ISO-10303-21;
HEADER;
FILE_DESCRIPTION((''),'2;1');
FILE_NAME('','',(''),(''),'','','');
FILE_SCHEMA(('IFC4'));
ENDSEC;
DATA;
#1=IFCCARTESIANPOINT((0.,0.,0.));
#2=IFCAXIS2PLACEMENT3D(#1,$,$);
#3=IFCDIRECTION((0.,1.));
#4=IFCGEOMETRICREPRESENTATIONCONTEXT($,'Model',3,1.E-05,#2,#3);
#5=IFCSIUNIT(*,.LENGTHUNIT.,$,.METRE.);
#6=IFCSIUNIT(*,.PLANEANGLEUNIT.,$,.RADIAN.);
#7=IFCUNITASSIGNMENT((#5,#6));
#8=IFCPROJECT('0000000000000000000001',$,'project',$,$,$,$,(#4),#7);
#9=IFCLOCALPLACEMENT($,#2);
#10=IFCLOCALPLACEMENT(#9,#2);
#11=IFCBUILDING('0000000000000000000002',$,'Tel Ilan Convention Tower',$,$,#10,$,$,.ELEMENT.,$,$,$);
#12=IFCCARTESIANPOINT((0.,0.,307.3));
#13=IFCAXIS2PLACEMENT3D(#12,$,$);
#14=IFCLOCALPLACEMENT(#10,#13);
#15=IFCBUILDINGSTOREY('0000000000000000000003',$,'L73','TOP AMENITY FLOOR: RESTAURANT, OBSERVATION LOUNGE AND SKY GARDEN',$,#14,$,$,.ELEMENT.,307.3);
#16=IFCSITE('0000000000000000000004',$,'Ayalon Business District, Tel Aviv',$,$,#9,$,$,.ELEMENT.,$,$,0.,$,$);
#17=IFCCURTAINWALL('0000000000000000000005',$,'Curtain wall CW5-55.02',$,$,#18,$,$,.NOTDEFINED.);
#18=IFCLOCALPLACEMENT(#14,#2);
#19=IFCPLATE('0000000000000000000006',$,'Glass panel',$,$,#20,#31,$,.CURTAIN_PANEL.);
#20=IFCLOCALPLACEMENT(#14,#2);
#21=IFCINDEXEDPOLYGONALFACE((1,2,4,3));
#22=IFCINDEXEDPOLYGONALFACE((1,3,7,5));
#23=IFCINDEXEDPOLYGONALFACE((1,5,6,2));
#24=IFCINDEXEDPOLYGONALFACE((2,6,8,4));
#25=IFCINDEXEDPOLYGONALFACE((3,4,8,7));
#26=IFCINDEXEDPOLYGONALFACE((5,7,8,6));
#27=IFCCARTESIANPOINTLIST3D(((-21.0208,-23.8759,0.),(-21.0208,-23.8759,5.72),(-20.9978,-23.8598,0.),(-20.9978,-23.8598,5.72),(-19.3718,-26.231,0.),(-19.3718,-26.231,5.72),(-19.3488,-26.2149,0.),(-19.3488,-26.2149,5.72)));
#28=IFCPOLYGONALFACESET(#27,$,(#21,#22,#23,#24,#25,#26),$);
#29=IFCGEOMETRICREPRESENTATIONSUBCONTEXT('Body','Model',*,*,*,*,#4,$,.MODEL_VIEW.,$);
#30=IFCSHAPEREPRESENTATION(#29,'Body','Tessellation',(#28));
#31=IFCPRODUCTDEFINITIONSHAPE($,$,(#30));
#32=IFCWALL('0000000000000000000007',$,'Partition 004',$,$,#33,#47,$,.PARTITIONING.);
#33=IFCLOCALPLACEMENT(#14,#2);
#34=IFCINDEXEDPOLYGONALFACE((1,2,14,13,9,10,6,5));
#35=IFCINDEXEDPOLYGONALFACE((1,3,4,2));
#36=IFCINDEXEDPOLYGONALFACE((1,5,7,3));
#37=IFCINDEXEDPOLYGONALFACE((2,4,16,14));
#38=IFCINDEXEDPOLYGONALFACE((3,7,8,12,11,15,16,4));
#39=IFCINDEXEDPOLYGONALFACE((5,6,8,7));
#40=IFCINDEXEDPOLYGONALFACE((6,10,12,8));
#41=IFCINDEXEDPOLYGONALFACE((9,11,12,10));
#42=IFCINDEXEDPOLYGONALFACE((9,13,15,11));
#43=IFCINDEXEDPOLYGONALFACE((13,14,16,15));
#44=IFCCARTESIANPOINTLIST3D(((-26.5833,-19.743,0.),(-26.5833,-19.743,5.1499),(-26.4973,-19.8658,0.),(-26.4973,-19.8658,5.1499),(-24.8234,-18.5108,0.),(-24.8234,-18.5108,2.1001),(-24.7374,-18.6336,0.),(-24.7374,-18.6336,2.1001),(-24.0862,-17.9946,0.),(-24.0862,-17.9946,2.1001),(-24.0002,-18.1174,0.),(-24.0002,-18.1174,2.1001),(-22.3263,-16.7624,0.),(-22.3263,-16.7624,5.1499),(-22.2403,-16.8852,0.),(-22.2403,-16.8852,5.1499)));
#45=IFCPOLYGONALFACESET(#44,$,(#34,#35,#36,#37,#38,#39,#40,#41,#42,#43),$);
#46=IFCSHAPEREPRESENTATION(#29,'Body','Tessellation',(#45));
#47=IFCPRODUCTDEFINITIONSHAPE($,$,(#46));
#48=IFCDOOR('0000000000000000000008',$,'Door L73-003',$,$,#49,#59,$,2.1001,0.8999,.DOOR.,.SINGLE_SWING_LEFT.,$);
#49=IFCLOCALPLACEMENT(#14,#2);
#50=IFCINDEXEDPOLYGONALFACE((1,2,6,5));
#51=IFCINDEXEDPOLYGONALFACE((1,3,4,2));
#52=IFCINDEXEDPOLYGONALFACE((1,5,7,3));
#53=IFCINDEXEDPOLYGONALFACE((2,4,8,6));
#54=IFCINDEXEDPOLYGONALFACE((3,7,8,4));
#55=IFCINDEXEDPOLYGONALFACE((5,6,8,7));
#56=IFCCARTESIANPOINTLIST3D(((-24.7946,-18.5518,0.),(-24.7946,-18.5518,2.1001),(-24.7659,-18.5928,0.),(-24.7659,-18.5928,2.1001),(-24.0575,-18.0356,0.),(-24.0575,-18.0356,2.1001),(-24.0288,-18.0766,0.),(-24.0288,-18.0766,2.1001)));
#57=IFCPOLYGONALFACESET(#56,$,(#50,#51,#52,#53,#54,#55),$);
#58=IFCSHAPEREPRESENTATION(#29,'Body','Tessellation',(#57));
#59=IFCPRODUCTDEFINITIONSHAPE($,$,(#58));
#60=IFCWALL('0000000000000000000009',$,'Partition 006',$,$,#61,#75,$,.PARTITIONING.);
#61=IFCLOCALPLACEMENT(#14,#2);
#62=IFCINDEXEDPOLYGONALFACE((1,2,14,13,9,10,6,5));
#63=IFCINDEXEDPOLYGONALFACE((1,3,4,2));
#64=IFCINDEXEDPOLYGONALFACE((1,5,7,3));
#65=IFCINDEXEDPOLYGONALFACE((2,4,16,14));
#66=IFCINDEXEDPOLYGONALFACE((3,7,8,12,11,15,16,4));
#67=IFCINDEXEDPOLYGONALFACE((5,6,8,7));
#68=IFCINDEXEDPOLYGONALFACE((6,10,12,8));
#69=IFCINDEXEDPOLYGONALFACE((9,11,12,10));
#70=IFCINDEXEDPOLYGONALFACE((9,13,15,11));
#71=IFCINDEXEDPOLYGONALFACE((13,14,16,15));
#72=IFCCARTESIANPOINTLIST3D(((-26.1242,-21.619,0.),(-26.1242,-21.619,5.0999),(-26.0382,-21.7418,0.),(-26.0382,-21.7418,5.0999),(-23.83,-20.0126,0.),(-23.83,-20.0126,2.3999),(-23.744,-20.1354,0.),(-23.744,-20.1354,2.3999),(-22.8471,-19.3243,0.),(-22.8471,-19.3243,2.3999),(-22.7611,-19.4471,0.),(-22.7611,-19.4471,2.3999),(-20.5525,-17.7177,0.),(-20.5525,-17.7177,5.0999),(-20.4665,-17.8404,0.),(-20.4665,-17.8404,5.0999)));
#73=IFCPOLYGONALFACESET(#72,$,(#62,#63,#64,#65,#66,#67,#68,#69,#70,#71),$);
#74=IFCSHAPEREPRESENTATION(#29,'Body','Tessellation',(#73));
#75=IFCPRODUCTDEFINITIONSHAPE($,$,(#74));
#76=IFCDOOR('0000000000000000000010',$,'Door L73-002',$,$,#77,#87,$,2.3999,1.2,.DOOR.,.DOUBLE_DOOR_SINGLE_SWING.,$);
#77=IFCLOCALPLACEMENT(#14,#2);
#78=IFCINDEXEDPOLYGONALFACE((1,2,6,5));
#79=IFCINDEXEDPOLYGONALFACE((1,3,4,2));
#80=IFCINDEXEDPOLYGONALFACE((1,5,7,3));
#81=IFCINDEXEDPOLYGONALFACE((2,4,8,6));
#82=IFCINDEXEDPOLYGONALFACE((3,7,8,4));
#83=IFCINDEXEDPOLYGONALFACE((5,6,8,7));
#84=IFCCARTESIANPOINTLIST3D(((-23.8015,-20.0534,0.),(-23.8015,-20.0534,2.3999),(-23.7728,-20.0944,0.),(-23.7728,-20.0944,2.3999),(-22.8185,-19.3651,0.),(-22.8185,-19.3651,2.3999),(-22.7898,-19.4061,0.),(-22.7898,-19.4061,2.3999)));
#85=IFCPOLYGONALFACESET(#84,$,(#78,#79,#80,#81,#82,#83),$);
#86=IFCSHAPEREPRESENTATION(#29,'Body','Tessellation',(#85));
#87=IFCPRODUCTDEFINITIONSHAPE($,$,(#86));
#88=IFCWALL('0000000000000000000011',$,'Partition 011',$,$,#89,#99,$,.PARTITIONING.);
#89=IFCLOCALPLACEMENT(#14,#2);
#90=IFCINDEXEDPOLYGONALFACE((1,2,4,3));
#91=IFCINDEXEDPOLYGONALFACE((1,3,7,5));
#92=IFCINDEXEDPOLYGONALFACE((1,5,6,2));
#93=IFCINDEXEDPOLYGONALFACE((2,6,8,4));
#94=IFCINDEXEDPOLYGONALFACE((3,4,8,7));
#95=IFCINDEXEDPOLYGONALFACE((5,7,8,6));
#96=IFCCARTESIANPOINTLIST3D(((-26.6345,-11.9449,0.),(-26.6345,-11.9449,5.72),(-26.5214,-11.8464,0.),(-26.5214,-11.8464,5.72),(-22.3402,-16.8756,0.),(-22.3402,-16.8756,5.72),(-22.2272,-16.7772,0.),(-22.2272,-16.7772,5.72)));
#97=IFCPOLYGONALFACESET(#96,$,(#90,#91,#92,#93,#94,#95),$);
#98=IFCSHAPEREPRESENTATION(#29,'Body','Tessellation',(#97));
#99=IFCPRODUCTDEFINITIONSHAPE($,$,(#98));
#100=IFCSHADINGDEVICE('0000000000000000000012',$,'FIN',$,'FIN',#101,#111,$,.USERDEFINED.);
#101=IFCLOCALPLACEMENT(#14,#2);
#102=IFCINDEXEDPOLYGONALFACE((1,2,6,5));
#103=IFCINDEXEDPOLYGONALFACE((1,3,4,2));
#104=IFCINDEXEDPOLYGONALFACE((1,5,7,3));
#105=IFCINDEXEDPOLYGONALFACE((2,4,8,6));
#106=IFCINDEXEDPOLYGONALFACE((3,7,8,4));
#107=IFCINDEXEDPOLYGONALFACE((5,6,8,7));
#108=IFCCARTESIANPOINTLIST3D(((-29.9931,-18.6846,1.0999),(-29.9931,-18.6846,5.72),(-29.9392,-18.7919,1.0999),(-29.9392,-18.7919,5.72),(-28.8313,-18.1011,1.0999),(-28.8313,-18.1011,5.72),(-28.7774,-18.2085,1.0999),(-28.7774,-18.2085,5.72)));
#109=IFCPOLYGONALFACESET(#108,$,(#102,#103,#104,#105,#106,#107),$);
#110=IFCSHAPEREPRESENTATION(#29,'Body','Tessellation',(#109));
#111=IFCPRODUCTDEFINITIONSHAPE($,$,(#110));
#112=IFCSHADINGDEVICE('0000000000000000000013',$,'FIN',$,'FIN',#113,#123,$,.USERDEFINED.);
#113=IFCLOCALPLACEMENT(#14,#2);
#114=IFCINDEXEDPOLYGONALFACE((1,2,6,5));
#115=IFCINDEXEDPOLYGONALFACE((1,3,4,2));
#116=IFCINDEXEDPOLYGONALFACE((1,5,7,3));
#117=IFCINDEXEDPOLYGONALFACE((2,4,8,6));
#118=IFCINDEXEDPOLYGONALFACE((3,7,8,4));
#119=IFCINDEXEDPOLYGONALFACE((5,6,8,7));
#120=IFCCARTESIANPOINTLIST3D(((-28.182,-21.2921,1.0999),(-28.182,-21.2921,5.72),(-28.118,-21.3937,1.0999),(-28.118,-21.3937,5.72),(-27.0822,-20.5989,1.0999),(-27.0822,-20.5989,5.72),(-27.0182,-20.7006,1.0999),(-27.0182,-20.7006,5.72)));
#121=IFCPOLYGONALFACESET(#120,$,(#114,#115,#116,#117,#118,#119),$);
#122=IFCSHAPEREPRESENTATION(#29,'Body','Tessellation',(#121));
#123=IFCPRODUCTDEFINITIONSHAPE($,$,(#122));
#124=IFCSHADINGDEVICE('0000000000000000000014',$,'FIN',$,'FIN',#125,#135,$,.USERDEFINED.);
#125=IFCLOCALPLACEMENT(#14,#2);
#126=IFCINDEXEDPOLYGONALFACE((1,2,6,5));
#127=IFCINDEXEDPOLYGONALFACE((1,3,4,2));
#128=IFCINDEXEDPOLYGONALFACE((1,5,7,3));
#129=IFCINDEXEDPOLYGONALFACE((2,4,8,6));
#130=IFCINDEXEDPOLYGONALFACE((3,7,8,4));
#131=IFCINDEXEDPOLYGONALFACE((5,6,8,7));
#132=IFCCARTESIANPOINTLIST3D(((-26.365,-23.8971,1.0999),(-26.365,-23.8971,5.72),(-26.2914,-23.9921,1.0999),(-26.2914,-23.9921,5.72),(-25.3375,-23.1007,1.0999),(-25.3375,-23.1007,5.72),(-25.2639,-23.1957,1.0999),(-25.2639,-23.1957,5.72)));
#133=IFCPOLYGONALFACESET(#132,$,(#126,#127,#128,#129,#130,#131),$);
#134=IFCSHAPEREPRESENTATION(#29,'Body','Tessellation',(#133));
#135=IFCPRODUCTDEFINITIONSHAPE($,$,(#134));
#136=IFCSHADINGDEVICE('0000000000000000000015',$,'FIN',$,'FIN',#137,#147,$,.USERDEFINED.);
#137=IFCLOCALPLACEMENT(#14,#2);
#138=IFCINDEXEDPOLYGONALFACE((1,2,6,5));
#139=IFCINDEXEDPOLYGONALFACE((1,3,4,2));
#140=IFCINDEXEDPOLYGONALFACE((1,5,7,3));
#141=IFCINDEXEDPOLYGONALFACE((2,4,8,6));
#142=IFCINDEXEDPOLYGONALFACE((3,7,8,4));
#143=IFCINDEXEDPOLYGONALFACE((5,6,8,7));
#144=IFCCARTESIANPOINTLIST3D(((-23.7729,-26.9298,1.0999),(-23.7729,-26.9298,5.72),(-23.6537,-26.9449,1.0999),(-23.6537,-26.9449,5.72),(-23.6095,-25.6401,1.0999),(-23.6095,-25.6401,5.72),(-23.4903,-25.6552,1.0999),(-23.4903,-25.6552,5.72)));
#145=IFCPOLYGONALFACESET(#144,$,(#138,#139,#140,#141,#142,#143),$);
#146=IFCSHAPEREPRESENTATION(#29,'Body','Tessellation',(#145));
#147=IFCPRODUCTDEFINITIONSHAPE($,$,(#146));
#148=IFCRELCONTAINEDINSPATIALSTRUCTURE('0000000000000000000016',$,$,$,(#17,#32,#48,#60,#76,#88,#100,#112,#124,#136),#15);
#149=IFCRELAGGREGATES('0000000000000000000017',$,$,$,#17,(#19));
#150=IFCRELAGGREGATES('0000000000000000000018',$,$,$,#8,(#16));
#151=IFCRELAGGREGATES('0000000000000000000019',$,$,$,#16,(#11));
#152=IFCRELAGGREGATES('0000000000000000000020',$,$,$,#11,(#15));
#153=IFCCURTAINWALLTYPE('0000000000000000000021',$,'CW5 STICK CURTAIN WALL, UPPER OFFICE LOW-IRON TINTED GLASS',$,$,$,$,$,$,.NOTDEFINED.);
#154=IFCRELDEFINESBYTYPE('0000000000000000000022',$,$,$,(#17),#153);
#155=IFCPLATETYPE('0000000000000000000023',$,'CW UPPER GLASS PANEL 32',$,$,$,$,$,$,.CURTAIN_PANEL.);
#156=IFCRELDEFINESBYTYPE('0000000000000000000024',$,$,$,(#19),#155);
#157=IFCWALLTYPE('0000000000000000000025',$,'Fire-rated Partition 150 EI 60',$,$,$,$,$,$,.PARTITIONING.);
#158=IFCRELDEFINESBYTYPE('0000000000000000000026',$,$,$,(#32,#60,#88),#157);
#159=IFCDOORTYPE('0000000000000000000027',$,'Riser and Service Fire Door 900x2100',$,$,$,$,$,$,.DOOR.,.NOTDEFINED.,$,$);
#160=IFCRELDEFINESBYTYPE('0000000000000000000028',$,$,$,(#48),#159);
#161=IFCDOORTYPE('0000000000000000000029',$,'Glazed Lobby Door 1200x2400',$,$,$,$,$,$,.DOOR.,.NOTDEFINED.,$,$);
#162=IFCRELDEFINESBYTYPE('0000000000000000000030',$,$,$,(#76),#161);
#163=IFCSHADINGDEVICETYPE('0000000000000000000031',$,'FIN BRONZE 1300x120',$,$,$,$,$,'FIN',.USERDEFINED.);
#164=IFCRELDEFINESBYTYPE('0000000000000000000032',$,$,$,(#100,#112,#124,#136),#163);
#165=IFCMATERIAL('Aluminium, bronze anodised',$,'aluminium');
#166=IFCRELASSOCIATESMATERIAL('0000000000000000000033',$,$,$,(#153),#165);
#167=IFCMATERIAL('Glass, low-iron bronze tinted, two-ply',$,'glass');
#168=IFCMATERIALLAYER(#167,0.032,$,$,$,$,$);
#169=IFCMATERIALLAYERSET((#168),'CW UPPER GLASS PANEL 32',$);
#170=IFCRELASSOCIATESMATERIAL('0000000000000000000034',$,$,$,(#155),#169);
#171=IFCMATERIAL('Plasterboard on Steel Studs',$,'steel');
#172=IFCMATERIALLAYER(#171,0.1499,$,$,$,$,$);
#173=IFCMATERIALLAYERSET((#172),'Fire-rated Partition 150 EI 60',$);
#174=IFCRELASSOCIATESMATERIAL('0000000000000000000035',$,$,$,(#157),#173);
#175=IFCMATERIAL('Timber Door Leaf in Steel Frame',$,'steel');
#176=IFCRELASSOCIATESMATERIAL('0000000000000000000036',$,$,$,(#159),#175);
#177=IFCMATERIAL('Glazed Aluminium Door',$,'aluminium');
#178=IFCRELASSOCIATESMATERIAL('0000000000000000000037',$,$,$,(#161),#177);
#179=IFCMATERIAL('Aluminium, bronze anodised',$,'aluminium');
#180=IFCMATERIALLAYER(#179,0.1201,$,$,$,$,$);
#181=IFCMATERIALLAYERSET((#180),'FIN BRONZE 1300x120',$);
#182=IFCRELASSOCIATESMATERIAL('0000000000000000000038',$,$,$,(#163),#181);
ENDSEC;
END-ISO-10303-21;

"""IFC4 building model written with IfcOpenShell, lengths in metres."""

from ifc_helpers import new_model, si_unit, direction, frame, frame_2d, origin, origin_2d, place, context, subcontext, project, spatial, rectangle, extrude, material, layer, layer_set, type_object, element, fill, aggregate, save


model = new_model("IFC4")

# Units and contexts
model_context = context("Model", 3, precision=1e-05, world=origin(), true_north=direction((0.0, 1.0)))
body_context = subcontext(model_context, "Body", "Model", "MODEL_VIEW")
ifc_project = project(units=[si_unit("LENGTHUNIT", "METRE"), si_unit("PLANEANGLEUNIT", "RADIAN")], contexts=[model_context])

# Site, building, storey
site_placement = place(None, origin())
site = spatial("IfcSite", under=ifc_project, at=site_placement, Name="Ayalon Business District, Tel Aviv", CompositionType="ELEMENT", RefElevation=0.0)
building_placement = place(site_placement, origin())
building = spatial("IfcBuilding", under=site, at=building_placement, Name="Tel Ilan Convention Tower", CompositionType="ELEMENT")
storey_placement = place(building_placement, frame((0.0, 0.0, 307.3)))
storey = spatial("IfcBuildingStorey", under=building, at=storey_placement, Name="L73", Description="TOP AMENITY FLOOR: RESTAURANT, OBSERVATION LOUNGE AND SKY GARDEN", CompositionType="ELEMENT", Elevation=307.3)

# Curtain wall, plate
ifc_material_1 = material(Name="Aluminium, bronze anodised", Category="aluminium")
curtain_wall_type = type_object("IfcCurtainWallType", Name="CW5 STICK CURTAIN WALL, UPPER OFFICE LOW-IRON TINTED GLASS", PredefinedType="NOTDEFINED", material=ifc_material_1)
curtain_wall_placement = place(storey_placement, origin())
curtain_wall = element("IfcCurtainWall", 1, at=curtain_wall_placement, inside=storey, type_object=curtain_wall_type, Name="Curtain wall CW5-55.02", PredefinedType="NOTDEFINED")
ifc_material_2 = material(Name="Glass, low-iron bronze tinted, two-ply", Category="glass")
ifc_layer_1 = layer(ifc_material_2, 0.032)
ifc_layer_set_1 = layer_set([ifc_layer_1], Name="CW UPPER GLASS PANEL 32")
plate_type = type_object("IfcPlateType", Name="CW UPPER GLASS PANEL 32", PredefinedType="CURTAIN_PANEL", material=ifc_layer_set_1)
plate_1_placement = place(storey_placement, frame((-20.1848, -25.0454, 0.0), z_axis=(0.0, 0.0, 1.0), x_axis=(0.573576, -0.819152, 0.0)))
plate_1 = element("IfcPlate", 2, at=plate_1_placement, type_object=plate_type, Name="Glass panel", PredefinedType="CURTAIN_PANEL", context=body_context, shape_type="SweptSolid", body=[
    extrude(rectangle(XDim=2.875, YDim=0.0281, at=origin_2d()), origin(), (0.0, 0.0, 1.0), 5.72),
])
aggregate(curtain_wall, [plate_1])

# Walls, openings, doors
ifc_material_3 = material(Name="Plasterboard on Steel Studs", Category="steel")
ifc_layer_2 = layer(ifc_material_3, 0.1499)
ifc_layer_set_2 = layer_set([ifc_layer_2], Name="Fire-rated Partition 150 EI 60")
wall_type = type_object("IfcWallType", Name="Fire-rated Partition 150 EI 60", PredefinedType="PARTITIONING", material=ifc_layer_set_2)
wall_1_placement = place(storey_placement, frame((-26.5403, -19.8044, 0.0), z_axis=(0.0, 0.0, 1.0), x_axis=(0.819163, 0.57356, 0.0)))
wall_1 = element("IfcWall", 3, at=wall_1_placement, inside=storey, type_object=wall_type, Name="Partition 004", PredefinedType="PARTITIONING", context=body_context, shape_type="SweptSolid", body=[
    extrude(rectangle(XDim=5.1968, YDim=0.1499, at=frame_2d((2.5984, 0.0))), origin(), (0.0, 0.0, 1.0), 5.1499),
])
opening_1_placement = place(wall_1_placement, frame((2.1484, 0.0, 0.0)))
opening_1 = element("IfcOpeningElement", 4, at=opening_1_placement, cuts=wall_1, PredefinedType="OPENING", context=body_context, shape_type="SweptSolid", body=[
    extrude(rectangle(XDim=0.8999, YDim=2.1001, at=frame_2d((0.45, 1.05))), frame((0.0, 0.085, 0.0), z_axis=(0.0, -1.0, 0.0), x_axis=(1.0, 0.0, 0.0)), (0.0, 0.0, 1.0), 0.1699),
])
ifc_material_4 = material(Name="Timber Door Leaf in Steel Frame", Category="steel")
door_type_1 = type_object("IfcDoorType", Name="Riser and Service Fire Door 900x2100", OperationType="NOTDEFINED", PredefinedType="DOOR", material=ifc_material_4)
door_1_placement = place(opening_1_placement, origin())
door_1 = element("IfcDoor", 5, at=door_1_placement, inside=storey, type_object=door_type_1, Name="Door L73-003", OperationType="SINGLE_SWING_LEFT", OverallHeight=2.1001, OverallWidth=0.8999, PredefinedType="DOOR", context=body_context, shape_type="SweptSolid", body=[
    extrude(rectangle(XDim=0.8999, YDim=2.1001, at=frame_2d((0.45, 1.05))), frame((0.0, 0.0249, 0.0), z_axis=(0.0, -1.0, 0.0), x_axis=(1.0, 0.0, 0.0)), (0.0, 0.0, 1.0), 0.05),
])
fill(opening_1, door_1)
wall_2_placement = place(storey_placement, frame((-20.5095, -17.7791, 0.0), z_axis=(0.0, 0.0, 1.0), x_axis=(-0.819154, -0.573573, 0.0)))
wall_2 = element("IfcWall", 6, at=wall_2_placement, inside=storey, type_object=wall_type, Name="Partition 006", PredefinedType="PARTITIONING", context=body_context, shape_type="SweptSolid", body=[
    extrude(rectangle(XDim=6.8018, YDim=0.1499, at=frame_2d((3.4009, 0.0))), origin(), (0.0, 0.0, 1.0), 5.0999),
])
opening_2_placement = place(wall_2_placement, frame((2.801, 0.0, 0.0)))
opening_2 = element("IfcOpeningElement", 7, at=opening_2_placement, cuts=wall_2, PredefinedType="OPENING", context=body_context, shape_type="SweptSolid", body=[
    extrude(rectangle(XDim=1.2, YDim=2.3999, at=frame_2d((0.6001, 1.2))), frame((0.0, 0.085, 0.0), z_axis=(0.0, -1.0, 0.0), x_axis=(1.0, 0.0, 0.0)), (0.0, 0.0, 1.0), 0.1699),
])
ifc_material_5 = material(Name="Glazed Aluminium Door", Category="aluminium")
door_type_2 = type_object("IfcDoorType", Name="Glazed Lobby Door 1200x2400", OperationType="NOTDEFINED", PredefinedType="DOOR", material=ifc_material_5)
door_2_placement = place(opening_2_placement, origin())
door_2 = element("IfcDoor", 8, at=door_2_placement, inside=storey, type_object=door_type_2, Name="Door L73-002", OperationType="DOUBLE_DOOR_SINGLE_SWING", OverallHeight=2.3999, OverallWidth=1.2, PredefinedType="DOOR", context=body_context, shape_type="SweptSolid", body=[
    extrude(rectangle(XDim=1.2, YDim=2.3999, at=frame_2d((0.6001, 1.2))), frame((0.0, 0.0249, 0.0), z_axis=(0.0, -1.0, 0.0), x_axis=(1.0, 0.0, 0.0)), (0.0, 0.0, 1.0), 0.05),
])
fill(opening_2, door_2)

# Wall
wall_3_placement = place(storey_placement, frame((-22.2837, -16.8264, 0.0), z_axis=(0.0, 0.0, 1.0), x_axis=(-0.656758, 0.754101, 0.0)))
element("IfcWall", 9, at=wall_3_placement, inside=storey, type_object=wall_type, Name="Partition 011", PredefinedType="PARTITIONING", context=body_context, shape_type="SweptSolid", body=[
    extrude(rectangle(XDim=6.5386, YDim=0.1499, at=frame_2d((3.2693, 0.0))), origin(), (0.0, 0.0, 1.0), 5.72),
])

# Shading devices
ifc_material_6 = material(Name="Aluminium, bronze anodised", Category="aluminium")
ifc_layer_3 = layer(ifc_material_6, 0.1201)
ifc_layer_set_3 = layer_set([ifc_layer_3], Name="FIN BRONZE 1300x120")
shading_device_type = type_object("IfcShadingDeviceType", Name="FIN BRONZE 1300x120", ElementType="FIN", PredefinedType="USERDEFINED", material=ifc_layer_set_3)
for number, where, z_axis, x_axis, name in (
    (10, (-29.3853, -18.4465, 1.0999), (0.0, 0.0, 1.0), (-0.893633, -0.448799, 0.0), "FIN"),
    (11, (-27.6001, -20.9963, 1.0999), (0.0, 0.0, 1.0), (-0.845986, -0.533204, 0.0), "FIN"),
    (12, (-25.8145, -23.5464, 1.0999), (0.0, 0.0, 1.0), (-0.790393, -0.612601, 0.0), "FIN"),
    (13, (-23.6316, -26.2925, 1.0999), (0.0, 0.0, 1.0), (-0.125718, -0.992066, 0.0), "FIN"),
):
    element("IfcShadingDevice", number, at=place(storey_placement, frame(where, z_axis=z_axis, x_axis=x_axis)), inside=storey, type_object=shading_device_type, Name=name, ObjectType="FIN", PredefinedType="USERDEFINED", context=body_context, shape_type="SweptSolid", body=[
        extrude(rectangle(XDim=1.3, YDim=0.1201, at=origin_2d()), origin(), (0.0, 0.0, 1.0), 4.6201),
    ])

save(model, "model.ifc")
